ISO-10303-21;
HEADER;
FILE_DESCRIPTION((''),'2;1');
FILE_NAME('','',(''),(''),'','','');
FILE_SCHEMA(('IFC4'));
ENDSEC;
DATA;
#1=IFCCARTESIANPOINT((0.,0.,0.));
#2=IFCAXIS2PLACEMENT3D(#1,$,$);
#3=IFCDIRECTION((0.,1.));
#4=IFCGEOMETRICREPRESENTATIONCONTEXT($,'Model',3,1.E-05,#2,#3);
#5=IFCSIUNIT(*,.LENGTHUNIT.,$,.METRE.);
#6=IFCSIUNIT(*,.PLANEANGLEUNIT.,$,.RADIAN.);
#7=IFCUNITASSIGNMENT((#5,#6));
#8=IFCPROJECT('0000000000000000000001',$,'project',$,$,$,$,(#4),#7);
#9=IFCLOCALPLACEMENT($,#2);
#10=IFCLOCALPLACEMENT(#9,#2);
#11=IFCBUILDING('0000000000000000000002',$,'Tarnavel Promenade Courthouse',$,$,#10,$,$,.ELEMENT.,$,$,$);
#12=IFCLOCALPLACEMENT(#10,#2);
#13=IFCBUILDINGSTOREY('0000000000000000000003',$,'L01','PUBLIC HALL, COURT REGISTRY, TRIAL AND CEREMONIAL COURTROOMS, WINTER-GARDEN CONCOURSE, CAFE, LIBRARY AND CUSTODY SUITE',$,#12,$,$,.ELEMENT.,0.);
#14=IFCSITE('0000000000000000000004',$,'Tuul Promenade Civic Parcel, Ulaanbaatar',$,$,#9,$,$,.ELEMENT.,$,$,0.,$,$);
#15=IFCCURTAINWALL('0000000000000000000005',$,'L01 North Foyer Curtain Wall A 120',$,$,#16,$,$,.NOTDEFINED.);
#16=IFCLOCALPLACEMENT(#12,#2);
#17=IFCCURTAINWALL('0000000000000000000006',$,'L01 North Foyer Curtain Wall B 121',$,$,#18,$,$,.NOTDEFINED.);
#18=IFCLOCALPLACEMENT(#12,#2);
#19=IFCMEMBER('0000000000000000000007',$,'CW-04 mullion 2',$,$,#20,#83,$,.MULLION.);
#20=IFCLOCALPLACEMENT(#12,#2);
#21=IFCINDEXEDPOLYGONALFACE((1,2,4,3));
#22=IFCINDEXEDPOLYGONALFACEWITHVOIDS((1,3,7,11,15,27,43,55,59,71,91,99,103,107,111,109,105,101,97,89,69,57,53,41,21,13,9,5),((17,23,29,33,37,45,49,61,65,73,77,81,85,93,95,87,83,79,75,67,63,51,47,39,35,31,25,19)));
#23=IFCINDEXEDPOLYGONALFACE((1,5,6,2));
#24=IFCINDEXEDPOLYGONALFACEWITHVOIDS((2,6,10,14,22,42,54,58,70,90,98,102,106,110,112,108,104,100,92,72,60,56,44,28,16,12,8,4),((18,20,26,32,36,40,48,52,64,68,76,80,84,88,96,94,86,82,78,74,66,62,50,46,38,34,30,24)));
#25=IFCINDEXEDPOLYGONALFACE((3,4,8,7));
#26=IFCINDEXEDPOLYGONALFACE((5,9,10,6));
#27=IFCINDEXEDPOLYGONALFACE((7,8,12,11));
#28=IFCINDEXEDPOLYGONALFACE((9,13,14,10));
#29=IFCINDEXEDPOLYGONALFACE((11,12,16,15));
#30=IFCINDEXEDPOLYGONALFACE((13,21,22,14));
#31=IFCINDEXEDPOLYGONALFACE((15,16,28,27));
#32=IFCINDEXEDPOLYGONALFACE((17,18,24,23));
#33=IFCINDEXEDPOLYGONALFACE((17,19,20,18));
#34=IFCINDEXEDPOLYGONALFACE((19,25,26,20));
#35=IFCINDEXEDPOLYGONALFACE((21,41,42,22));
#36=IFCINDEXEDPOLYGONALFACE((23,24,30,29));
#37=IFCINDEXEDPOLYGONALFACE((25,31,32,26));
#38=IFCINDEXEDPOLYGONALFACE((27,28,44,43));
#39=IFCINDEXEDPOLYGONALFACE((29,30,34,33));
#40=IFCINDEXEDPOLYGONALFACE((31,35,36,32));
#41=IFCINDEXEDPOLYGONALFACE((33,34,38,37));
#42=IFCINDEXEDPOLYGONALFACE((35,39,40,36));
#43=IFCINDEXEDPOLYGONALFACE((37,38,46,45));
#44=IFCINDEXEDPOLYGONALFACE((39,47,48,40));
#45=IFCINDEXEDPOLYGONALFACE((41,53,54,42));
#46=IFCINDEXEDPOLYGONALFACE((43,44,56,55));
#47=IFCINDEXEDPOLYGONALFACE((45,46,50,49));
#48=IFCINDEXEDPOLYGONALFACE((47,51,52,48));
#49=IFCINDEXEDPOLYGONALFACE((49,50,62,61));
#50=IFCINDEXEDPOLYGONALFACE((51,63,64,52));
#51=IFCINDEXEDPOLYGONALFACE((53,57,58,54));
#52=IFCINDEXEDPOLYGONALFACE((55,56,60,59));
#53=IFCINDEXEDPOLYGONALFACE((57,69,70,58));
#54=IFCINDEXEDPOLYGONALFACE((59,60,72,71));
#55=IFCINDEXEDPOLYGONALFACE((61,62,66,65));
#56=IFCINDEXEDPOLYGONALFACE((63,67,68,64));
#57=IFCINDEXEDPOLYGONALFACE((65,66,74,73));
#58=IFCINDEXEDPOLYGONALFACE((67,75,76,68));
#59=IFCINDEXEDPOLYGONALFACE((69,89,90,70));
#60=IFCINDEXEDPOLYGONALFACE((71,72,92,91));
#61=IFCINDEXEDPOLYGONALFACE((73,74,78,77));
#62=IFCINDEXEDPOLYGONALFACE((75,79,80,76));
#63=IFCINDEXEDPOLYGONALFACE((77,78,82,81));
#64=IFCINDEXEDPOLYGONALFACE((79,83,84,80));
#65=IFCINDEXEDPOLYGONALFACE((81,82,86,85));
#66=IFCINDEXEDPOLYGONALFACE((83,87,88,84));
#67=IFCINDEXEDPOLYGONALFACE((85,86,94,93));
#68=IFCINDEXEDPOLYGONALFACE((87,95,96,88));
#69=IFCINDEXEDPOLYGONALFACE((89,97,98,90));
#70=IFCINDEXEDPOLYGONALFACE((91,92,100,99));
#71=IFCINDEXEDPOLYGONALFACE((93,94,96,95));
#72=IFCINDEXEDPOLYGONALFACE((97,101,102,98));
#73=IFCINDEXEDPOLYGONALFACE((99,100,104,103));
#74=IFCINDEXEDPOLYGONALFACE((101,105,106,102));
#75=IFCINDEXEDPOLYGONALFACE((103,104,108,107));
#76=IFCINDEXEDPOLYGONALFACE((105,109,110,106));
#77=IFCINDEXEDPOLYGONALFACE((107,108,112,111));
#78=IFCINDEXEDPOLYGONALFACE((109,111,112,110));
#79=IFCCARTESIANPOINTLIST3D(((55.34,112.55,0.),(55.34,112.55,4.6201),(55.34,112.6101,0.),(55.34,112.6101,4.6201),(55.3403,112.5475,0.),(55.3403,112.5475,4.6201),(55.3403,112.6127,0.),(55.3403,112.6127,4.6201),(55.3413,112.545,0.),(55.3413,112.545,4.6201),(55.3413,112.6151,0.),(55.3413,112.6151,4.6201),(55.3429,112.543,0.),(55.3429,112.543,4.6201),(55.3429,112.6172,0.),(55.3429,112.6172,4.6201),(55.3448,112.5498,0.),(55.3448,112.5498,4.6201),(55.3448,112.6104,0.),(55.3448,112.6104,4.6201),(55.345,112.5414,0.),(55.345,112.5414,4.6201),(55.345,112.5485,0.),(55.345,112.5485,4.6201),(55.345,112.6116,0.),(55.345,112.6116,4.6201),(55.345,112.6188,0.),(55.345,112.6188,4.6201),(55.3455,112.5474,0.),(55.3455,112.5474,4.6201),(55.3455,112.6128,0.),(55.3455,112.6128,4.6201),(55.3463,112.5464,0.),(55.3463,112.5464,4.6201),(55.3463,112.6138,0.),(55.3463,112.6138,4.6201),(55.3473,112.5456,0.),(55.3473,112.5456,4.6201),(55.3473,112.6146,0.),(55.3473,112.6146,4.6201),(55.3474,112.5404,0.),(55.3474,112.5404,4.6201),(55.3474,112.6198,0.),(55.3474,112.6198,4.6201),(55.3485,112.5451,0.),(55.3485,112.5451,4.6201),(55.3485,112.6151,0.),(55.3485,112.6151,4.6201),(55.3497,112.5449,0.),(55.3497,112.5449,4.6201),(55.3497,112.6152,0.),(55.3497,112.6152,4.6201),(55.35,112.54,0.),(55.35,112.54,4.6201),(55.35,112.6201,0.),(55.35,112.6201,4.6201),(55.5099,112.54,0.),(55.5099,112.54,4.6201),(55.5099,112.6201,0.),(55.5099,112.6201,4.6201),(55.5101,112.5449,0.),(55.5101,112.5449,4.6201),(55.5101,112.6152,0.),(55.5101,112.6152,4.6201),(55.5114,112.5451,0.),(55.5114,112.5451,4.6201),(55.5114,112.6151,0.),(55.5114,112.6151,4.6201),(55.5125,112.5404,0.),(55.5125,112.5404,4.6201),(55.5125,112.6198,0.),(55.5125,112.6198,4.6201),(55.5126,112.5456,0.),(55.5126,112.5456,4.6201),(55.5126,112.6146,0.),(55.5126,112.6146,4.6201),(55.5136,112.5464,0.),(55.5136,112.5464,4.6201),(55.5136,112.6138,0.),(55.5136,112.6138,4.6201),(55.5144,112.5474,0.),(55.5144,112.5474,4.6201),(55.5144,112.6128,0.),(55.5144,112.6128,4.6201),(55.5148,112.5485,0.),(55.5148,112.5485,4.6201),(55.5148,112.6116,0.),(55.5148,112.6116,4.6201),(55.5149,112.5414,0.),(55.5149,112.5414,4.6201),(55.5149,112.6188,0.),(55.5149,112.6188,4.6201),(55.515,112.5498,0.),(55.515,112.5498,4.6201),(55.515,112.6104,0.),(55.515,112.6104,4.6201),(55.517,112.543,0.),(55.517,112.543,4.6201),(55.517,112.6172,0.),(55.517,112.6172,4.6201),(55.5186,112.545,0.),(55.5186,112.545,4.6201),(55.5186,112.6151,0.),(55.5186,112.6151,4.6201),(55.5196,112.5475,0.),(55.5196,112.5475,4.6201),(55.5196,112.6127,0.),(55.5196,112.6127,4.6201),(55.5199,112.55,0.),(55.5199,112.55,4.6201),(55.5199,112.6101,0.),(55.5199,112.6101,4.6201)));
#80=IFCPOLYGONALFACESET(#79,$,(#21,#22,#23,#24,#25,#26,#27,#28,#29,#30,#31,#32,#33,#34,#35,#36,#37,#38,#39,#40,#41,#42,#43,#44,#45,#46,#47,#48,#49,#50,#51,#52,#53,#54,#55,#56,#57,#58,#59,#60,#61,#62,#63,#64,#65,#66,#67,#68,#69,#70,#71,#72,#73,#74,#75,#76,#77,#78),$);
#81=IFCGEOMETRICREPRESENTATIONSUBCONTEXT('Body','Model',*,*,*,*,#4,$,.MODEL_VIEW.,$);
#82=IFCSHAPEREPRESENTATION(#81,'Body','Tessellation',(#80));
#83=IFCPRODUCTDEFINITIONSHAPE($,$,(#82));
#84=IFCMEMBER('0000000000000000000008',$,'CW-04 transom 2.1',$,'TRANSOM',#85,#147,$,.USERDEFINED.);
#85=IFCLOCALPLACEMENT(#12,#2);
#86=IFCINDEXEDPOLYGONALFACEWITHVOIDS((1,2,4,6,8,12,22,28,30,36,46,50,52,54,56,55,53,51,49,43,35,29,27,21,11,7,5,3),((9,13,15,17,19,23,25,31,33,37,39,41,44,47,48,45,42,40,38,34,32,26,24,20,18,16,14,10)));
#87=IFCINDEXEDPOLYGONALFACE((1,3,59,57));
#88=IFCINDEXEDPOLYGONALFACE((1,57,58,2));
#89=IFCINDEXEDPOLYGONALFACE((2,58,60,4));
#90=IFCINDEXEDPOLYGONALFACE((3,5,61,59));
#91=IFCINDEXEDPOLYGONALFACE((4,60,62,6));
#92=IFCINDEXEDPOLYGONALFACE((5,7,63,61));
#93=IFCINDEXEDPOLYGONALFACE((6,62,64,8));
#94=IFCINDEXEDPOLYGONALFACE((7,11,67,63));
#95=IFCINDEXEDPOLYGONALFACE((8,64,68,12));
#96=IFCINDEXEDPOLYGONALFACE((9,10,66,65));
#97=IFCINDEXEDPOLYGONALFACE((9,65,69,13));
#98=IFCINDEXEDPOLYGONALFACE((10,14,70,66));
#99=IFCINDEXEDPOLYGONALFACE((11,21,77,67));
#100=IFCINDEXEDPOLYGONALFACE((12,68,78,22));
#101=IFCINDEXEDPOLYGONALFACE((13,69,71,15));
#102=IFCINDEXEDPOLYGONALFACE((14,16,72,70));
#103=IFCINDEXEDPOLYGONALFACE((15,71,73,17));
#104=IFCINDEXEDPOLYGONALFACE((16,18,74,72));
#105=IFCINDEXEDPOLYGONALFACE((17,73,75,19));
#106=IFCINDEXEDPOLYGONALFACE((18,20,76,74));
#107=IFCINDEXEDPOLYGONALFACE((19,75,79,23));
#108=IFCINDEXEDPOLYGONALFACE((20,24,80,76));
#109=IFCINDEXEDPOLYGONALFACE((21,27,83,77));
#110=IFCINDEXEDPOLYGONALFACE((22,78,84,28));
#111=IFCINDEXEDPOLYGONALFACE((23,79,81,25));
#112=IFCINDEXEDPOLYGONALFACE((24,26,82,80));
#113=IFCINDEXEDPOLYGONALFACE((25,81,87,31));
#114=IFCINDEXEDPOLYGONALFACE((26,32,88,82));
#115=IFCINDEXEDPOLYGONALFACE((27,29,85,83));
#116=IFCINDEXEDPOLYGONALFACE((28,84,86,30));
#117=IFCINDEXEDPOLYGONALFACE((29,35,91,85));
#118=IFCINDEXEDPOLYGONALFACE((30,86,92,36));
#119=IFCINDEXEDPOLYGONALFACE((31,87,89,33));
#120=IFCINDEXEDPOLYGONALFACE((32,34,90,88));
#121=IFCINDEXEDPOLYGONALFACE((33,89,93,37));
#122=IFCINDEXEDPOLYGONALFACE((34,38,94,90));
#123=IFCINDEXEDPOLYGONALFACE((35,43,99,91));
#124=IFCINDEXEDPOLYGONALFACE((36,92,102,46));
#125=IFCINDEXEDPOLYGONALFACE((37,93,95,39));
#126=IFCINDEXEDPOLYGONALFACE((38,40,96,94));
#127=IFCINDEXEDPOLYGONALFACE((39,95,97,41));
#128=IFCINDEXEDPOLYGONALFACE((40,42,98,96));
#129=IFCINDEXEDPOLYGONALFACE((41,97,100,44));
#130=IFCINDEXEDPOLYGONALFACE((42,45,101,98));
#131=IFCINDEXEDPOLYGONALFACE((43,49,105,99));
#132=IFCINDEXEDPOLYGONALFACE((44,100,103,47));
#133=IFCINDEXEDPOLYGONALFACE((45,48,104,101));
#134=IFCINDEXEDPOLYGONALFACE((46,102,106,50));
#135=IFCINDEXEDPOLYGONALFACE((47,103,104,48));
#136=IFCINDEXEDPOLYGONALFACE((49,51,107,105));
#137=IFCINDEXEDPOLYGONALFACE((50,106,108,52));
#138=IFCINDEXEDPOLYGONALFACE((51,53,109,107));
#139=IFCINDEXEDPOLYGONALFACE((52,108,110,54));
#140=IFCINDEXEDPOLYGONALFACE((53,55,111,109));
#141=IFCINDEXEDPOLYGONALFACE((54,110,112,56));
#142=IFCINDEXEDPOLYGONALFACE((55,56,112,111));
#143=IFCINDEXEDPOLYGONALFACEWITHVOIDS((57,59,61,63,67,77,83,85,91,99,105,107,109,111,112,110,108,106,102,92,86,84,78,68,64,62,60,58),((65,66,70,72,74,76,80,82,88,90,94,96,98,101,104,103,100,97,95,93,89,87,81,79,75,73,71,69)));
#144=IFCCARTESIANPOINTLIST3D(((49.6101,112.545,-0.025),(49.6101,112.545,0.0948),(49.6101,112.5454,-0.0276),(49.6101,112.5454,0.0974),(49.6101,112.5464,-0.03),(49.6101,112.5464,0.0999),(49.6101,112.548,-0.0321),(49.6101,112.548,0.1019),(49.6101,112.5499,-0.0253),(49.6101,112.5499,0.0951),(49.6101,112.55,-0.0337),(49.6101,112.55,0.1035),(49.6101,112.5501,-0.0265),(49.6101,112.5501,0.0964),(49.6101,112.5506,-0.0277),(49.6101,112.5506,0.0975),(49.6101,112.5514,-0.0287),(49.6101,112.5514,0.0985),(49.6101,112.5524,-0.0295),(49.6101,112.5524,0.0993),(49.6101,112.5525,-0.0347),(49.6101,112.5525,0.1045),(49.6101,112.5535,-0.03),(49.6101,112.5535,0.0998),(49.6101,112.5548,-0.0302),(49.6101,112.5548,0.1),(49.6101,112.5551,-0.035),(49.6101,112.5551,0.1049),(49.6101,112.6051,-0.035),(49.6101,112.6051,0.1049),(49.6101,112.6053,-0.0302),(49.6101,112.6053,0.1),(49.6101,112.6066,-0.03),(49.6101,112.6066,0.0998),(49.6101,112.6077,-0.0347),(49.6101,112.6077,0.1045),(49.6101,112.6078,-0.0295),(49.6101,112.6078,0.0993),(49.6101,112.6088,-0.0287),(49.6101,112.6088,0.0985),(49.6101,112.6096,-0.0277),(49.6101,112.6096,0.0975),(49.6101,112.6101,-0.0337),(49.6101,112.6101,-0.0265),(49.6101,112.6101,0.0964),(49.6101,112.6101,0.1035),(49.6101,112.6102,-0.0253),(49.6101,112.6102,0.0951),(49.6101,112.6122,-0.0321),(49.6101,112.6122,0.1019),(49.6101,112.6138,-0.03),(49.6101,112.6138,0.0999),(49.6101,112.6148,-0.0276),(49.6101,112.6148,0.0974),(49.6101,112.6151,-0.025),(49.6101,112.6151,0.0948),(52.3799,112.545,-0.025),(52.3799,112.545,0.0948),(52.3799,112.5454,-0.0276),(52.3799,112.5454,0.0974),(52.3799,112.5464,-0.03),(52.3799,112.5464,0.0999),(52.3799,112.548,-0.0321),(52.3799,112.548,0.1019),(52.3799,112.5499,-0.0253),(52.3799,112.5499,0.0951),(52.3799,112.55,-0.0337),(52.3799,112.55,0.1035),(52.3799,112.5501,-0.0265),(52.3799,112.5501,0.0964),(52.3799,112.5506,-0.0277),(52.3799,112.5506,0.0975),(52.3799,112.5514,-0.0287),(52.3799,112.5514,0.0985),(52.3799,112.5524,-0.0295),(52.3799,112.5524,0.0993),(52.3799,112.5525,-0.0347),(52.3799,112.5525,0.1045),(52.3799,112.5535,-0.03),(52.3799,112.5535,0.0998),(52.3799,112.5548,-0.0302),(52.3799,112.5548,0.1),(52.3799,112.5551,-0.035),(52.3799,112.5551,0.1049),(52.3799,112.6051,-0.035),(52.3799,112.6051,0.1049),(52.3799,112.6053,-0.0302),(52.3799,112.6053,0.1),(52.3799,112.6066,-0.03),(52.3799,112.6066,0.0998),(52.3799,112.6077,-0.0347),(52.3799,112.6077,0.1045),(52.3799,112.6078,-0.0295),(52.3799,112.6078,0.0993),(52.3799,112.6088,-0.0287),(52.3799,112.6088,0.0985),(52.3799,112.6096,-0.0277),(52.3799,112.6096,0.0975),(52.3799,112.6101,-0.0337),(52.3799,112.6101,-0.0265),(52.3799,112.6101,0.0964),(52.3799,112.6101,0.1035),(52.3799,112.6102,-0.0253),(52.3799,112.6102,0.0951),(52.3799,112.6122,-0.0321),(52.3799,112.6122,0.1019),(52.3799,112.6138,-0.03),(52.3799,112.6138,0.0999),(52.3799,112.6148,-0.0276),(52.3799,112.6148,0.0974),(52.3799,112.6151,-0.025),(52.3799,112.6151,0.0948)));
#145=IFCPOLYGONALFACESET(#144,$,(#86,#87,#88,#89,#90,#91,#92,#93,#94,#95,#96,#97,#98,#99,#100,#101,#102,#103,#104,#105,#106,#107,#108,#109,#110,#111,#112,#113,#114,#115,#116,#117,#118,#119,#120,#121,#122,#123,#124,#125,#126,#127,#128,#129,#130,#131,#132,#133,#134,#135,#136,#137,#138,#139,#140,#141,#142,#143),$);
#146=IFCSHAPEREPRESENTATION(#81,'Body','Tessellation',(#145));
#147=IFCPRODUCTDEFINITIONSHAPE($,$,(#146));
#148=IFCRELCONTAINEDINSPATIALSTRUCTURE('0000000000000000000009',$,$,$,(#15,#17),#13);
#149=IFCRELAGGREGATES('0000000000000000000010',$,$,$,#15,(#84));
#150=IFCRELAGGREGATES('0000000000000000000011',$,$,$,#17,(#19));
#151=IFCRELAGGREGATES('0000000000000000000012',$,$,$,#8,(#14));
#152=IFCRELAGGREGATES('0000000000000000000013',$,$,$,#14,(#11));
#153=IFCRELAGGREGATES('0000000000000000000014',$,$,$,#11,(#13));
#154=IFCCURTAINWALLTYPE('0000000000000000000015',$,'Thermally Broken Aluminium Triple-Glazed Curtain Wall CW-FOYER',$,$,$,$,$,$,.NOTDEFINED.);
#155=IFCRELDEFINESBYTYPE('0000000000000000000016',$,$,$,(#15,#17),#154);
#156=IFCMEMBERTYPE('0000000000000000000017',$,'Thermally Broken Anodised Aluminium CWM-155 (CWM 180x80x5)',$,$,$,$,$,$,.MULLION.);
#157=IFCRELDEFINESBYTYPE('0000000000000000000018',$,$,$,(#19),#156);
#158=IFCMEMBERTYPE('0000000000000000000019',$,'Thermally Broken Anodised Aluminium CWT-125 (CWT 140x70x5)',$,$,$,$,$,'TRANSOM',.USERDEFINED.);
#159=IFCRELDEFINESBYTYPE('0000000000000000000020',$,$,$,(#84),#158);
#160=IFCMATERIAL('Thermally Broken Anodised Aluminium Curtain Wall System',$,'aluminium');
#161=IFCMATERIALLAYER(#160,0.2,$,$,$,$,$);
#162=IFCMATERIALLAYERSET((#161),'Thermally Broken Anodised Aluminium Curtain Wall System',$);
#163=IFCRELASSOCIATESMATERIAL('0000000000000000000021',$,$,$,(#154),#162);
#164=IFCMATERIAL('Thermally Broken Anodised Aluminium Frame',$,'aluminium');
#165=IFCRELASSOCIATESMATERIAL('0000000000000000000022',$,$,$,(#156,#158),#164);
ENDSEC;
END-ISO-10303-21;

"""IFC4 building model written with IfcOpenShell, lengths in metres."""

from ifc_helpers import new_model, si_unit, direction, frame, origin, origin_2d, place, context, subcontext, project, spatial, hollow_rectangle, extrude, material, layer, layer_set, material_profile, profile_set, type_object, element, aggregate, save


model = new_model("IFC4")

# Units and contexts
model_context = context("Model", 3, precision=1e-05, world=origin(), true_north=direction((0.0, 1.0)))
body_context = subcontext(model_context, "Body", "Model", "MODEL_VIEW")
ifc_project = project(units=[si_unit("LENGTHUNIT", "METRE"), si_unit("PLANEANGLEUNIT", "RADIAN")], contexts=[model_context])

# Site, building, storey
site_placement = place(None, origin())
site = spatial("IfcSite", under=ifc_project, at=site_placement, Name="Tuul Promenade Civic Parcel, Ulaanbaatar", CompositionType="ELEMENT", RefElevation=0.0)
building_placement = place(site_placement, origin())
building = spatial("IfcBuilding", under=site, at=building_placement, Name="Tarnavel Promenade Courthouse", CompositionType="ELEMENT")
storey_placement = place(building_placement, origin())
storey = spatial("IfcBuildingStorey", under=building, at=storey_placement, Name="L01", Description="PUBLIC HALL, COURT REGISTRY, TRIAL AND CEREMONIAL COURTROOMS, WINTER-GARDEN CONCOURSE, CAFE, LIBRARY AND CUSTODY SUITE", CompositionType="ELEMENT", Elevation=0.0)

# Curtain walls, member
ifc_material_1 = material(Name="Thermally Broken Anodised Aluminium Curtain Wall System", Category="aluminium")
ifc_layer_1 = layer(ifc_material_1, 0.2)
ifc_layer_set_1 = layer_set([ifc_layer_1], Name="Thermally Broken Anodised Aluminium Curtain Wall System")
curtain_wall_type = type_object("IfcCurtainWallType", Name="Thermally Broken Aluminium Triple-Glazed Curtain Wall CW-FOYER", PredefinedType="NOTDEFINED", material=ifc_layer_set_1)
curtain_wall_1_placement = place(storey_placement, origin())
curtain_wall_1 = element("IfcCurtainWall", 1, at=curtain_wall_1_placement, inside=storey, type_object=curtain_wall_type, Name="L01 North Foyer Curtain Wall A 120", PredefinedType="NOTDEFINED")
ifc_material_2 = material(Name="Thermally Broken Anodised Aluminium Frame", Category="aluminium")
ifc_material_profile_1 = material_profile(ifc_material_2, hollow_rectangle(XDim=0.0801, YDim=0.1799, WallThickness=0.0049, InnerFilletRadius=0.0049, OuterFilletRadius=0.01, at=origin_2d()), Name="CWM 180x80x5")
ifc_profile_set_1 = profile_set([ifc_material_profile_1], Name="Thermally Broken Anodised Aluminium Frame")
member_type_1 = type_object("IfcMemberType", Name="Thermally Broken Anodised Aluminium CWM-155 (CWM 180x80x5)", PredefinedType="MULLION", material=ifc_profile_set_1)
curtain_wall_2_placement = place(storey_placement, origin())
curtain_wall_2 = element("IfcCurtainWall", 2, at=curtain_wall_2_placement, inside=storey, type_object=curtain_wall_type, Name="L01 North Foyer Curtain Wall B 121", PredefinedType="NOTDEFINED")
member_1_placement = place(storey_placement, frame((55.4299, 112.5801, 0.0), z_axis=(0.0, 0.0, 1.0), x_axis=(0.0, 1.0, 0.0)))
member_1 = element("IfcMember", 3, at=member_1_placement, type_object=member_type_1, Name="CW-04 mullion 2", PredefinedType="MULLION", context=body_context, shape_type="SweptSolid", body=[
    extrude(hollow_rectangle(XDim=0.0801, YDim=0.1799, WallThickness=0.0049, InnerFilletRadius=0.0049, OuterFilletRadius=0.01, at=origin_2d()), origin(), (0.0, 0.0, 1.0), 4.6201),
])

# Member
ifc_material_profile_2 = material_profile(ifc_material_2, hollow_rectangle(XDim=0.0701, YDim=0.1399, WallThickness=0.0049, InnerFilletRadius=0.0049, OuterFilletRadius=0.01, at=origin_2d()), Name="CWT 140x70x5")
ifc_profile_set_2 = profile_set([ifc_material_profile_2], Name="Thermally Broken Anodised Aluminium Frame")
member_type_2 = type_object("IfcMemberType", Name="Thermally Broken Anodised Aluminium CWT-125 (CWT 140x70x5)", ElementType="TRANSOM", PredefinedType="USERDEFINED", material=ifc_profile_set_2)
member_2_placement = place(storey_placement, frame((49.6101, 112.5801, 0.0349), z_axis=(1.0, 0.0, 0.0), x_axis=(0.0, 1.0, 0.0)))
member_2 = element("IfcMember", 4, at=member_2_placement, type_object=member_type_2, Name="CW-04 transom 2.1", ObjectType="TRANSOM", PredefinedType="USERDEFINED", context=body_context, shape_type="SweptSolid", body=[
    extrude(hollow_rectangle(XDim=0.0701, YDim=0.1399, WallThickness=0.0049, InnerFilletRadius=0.0049, OuterFilletRadius=0.01, at=origin_2d()), origin(), (0.0, 0.0, 1.0), 2.7698),
])

aggregate(curtain_wall_1, [member_2])
aggregate(curtain_wall_2, [member_1])

save(model, "model.ifc")
